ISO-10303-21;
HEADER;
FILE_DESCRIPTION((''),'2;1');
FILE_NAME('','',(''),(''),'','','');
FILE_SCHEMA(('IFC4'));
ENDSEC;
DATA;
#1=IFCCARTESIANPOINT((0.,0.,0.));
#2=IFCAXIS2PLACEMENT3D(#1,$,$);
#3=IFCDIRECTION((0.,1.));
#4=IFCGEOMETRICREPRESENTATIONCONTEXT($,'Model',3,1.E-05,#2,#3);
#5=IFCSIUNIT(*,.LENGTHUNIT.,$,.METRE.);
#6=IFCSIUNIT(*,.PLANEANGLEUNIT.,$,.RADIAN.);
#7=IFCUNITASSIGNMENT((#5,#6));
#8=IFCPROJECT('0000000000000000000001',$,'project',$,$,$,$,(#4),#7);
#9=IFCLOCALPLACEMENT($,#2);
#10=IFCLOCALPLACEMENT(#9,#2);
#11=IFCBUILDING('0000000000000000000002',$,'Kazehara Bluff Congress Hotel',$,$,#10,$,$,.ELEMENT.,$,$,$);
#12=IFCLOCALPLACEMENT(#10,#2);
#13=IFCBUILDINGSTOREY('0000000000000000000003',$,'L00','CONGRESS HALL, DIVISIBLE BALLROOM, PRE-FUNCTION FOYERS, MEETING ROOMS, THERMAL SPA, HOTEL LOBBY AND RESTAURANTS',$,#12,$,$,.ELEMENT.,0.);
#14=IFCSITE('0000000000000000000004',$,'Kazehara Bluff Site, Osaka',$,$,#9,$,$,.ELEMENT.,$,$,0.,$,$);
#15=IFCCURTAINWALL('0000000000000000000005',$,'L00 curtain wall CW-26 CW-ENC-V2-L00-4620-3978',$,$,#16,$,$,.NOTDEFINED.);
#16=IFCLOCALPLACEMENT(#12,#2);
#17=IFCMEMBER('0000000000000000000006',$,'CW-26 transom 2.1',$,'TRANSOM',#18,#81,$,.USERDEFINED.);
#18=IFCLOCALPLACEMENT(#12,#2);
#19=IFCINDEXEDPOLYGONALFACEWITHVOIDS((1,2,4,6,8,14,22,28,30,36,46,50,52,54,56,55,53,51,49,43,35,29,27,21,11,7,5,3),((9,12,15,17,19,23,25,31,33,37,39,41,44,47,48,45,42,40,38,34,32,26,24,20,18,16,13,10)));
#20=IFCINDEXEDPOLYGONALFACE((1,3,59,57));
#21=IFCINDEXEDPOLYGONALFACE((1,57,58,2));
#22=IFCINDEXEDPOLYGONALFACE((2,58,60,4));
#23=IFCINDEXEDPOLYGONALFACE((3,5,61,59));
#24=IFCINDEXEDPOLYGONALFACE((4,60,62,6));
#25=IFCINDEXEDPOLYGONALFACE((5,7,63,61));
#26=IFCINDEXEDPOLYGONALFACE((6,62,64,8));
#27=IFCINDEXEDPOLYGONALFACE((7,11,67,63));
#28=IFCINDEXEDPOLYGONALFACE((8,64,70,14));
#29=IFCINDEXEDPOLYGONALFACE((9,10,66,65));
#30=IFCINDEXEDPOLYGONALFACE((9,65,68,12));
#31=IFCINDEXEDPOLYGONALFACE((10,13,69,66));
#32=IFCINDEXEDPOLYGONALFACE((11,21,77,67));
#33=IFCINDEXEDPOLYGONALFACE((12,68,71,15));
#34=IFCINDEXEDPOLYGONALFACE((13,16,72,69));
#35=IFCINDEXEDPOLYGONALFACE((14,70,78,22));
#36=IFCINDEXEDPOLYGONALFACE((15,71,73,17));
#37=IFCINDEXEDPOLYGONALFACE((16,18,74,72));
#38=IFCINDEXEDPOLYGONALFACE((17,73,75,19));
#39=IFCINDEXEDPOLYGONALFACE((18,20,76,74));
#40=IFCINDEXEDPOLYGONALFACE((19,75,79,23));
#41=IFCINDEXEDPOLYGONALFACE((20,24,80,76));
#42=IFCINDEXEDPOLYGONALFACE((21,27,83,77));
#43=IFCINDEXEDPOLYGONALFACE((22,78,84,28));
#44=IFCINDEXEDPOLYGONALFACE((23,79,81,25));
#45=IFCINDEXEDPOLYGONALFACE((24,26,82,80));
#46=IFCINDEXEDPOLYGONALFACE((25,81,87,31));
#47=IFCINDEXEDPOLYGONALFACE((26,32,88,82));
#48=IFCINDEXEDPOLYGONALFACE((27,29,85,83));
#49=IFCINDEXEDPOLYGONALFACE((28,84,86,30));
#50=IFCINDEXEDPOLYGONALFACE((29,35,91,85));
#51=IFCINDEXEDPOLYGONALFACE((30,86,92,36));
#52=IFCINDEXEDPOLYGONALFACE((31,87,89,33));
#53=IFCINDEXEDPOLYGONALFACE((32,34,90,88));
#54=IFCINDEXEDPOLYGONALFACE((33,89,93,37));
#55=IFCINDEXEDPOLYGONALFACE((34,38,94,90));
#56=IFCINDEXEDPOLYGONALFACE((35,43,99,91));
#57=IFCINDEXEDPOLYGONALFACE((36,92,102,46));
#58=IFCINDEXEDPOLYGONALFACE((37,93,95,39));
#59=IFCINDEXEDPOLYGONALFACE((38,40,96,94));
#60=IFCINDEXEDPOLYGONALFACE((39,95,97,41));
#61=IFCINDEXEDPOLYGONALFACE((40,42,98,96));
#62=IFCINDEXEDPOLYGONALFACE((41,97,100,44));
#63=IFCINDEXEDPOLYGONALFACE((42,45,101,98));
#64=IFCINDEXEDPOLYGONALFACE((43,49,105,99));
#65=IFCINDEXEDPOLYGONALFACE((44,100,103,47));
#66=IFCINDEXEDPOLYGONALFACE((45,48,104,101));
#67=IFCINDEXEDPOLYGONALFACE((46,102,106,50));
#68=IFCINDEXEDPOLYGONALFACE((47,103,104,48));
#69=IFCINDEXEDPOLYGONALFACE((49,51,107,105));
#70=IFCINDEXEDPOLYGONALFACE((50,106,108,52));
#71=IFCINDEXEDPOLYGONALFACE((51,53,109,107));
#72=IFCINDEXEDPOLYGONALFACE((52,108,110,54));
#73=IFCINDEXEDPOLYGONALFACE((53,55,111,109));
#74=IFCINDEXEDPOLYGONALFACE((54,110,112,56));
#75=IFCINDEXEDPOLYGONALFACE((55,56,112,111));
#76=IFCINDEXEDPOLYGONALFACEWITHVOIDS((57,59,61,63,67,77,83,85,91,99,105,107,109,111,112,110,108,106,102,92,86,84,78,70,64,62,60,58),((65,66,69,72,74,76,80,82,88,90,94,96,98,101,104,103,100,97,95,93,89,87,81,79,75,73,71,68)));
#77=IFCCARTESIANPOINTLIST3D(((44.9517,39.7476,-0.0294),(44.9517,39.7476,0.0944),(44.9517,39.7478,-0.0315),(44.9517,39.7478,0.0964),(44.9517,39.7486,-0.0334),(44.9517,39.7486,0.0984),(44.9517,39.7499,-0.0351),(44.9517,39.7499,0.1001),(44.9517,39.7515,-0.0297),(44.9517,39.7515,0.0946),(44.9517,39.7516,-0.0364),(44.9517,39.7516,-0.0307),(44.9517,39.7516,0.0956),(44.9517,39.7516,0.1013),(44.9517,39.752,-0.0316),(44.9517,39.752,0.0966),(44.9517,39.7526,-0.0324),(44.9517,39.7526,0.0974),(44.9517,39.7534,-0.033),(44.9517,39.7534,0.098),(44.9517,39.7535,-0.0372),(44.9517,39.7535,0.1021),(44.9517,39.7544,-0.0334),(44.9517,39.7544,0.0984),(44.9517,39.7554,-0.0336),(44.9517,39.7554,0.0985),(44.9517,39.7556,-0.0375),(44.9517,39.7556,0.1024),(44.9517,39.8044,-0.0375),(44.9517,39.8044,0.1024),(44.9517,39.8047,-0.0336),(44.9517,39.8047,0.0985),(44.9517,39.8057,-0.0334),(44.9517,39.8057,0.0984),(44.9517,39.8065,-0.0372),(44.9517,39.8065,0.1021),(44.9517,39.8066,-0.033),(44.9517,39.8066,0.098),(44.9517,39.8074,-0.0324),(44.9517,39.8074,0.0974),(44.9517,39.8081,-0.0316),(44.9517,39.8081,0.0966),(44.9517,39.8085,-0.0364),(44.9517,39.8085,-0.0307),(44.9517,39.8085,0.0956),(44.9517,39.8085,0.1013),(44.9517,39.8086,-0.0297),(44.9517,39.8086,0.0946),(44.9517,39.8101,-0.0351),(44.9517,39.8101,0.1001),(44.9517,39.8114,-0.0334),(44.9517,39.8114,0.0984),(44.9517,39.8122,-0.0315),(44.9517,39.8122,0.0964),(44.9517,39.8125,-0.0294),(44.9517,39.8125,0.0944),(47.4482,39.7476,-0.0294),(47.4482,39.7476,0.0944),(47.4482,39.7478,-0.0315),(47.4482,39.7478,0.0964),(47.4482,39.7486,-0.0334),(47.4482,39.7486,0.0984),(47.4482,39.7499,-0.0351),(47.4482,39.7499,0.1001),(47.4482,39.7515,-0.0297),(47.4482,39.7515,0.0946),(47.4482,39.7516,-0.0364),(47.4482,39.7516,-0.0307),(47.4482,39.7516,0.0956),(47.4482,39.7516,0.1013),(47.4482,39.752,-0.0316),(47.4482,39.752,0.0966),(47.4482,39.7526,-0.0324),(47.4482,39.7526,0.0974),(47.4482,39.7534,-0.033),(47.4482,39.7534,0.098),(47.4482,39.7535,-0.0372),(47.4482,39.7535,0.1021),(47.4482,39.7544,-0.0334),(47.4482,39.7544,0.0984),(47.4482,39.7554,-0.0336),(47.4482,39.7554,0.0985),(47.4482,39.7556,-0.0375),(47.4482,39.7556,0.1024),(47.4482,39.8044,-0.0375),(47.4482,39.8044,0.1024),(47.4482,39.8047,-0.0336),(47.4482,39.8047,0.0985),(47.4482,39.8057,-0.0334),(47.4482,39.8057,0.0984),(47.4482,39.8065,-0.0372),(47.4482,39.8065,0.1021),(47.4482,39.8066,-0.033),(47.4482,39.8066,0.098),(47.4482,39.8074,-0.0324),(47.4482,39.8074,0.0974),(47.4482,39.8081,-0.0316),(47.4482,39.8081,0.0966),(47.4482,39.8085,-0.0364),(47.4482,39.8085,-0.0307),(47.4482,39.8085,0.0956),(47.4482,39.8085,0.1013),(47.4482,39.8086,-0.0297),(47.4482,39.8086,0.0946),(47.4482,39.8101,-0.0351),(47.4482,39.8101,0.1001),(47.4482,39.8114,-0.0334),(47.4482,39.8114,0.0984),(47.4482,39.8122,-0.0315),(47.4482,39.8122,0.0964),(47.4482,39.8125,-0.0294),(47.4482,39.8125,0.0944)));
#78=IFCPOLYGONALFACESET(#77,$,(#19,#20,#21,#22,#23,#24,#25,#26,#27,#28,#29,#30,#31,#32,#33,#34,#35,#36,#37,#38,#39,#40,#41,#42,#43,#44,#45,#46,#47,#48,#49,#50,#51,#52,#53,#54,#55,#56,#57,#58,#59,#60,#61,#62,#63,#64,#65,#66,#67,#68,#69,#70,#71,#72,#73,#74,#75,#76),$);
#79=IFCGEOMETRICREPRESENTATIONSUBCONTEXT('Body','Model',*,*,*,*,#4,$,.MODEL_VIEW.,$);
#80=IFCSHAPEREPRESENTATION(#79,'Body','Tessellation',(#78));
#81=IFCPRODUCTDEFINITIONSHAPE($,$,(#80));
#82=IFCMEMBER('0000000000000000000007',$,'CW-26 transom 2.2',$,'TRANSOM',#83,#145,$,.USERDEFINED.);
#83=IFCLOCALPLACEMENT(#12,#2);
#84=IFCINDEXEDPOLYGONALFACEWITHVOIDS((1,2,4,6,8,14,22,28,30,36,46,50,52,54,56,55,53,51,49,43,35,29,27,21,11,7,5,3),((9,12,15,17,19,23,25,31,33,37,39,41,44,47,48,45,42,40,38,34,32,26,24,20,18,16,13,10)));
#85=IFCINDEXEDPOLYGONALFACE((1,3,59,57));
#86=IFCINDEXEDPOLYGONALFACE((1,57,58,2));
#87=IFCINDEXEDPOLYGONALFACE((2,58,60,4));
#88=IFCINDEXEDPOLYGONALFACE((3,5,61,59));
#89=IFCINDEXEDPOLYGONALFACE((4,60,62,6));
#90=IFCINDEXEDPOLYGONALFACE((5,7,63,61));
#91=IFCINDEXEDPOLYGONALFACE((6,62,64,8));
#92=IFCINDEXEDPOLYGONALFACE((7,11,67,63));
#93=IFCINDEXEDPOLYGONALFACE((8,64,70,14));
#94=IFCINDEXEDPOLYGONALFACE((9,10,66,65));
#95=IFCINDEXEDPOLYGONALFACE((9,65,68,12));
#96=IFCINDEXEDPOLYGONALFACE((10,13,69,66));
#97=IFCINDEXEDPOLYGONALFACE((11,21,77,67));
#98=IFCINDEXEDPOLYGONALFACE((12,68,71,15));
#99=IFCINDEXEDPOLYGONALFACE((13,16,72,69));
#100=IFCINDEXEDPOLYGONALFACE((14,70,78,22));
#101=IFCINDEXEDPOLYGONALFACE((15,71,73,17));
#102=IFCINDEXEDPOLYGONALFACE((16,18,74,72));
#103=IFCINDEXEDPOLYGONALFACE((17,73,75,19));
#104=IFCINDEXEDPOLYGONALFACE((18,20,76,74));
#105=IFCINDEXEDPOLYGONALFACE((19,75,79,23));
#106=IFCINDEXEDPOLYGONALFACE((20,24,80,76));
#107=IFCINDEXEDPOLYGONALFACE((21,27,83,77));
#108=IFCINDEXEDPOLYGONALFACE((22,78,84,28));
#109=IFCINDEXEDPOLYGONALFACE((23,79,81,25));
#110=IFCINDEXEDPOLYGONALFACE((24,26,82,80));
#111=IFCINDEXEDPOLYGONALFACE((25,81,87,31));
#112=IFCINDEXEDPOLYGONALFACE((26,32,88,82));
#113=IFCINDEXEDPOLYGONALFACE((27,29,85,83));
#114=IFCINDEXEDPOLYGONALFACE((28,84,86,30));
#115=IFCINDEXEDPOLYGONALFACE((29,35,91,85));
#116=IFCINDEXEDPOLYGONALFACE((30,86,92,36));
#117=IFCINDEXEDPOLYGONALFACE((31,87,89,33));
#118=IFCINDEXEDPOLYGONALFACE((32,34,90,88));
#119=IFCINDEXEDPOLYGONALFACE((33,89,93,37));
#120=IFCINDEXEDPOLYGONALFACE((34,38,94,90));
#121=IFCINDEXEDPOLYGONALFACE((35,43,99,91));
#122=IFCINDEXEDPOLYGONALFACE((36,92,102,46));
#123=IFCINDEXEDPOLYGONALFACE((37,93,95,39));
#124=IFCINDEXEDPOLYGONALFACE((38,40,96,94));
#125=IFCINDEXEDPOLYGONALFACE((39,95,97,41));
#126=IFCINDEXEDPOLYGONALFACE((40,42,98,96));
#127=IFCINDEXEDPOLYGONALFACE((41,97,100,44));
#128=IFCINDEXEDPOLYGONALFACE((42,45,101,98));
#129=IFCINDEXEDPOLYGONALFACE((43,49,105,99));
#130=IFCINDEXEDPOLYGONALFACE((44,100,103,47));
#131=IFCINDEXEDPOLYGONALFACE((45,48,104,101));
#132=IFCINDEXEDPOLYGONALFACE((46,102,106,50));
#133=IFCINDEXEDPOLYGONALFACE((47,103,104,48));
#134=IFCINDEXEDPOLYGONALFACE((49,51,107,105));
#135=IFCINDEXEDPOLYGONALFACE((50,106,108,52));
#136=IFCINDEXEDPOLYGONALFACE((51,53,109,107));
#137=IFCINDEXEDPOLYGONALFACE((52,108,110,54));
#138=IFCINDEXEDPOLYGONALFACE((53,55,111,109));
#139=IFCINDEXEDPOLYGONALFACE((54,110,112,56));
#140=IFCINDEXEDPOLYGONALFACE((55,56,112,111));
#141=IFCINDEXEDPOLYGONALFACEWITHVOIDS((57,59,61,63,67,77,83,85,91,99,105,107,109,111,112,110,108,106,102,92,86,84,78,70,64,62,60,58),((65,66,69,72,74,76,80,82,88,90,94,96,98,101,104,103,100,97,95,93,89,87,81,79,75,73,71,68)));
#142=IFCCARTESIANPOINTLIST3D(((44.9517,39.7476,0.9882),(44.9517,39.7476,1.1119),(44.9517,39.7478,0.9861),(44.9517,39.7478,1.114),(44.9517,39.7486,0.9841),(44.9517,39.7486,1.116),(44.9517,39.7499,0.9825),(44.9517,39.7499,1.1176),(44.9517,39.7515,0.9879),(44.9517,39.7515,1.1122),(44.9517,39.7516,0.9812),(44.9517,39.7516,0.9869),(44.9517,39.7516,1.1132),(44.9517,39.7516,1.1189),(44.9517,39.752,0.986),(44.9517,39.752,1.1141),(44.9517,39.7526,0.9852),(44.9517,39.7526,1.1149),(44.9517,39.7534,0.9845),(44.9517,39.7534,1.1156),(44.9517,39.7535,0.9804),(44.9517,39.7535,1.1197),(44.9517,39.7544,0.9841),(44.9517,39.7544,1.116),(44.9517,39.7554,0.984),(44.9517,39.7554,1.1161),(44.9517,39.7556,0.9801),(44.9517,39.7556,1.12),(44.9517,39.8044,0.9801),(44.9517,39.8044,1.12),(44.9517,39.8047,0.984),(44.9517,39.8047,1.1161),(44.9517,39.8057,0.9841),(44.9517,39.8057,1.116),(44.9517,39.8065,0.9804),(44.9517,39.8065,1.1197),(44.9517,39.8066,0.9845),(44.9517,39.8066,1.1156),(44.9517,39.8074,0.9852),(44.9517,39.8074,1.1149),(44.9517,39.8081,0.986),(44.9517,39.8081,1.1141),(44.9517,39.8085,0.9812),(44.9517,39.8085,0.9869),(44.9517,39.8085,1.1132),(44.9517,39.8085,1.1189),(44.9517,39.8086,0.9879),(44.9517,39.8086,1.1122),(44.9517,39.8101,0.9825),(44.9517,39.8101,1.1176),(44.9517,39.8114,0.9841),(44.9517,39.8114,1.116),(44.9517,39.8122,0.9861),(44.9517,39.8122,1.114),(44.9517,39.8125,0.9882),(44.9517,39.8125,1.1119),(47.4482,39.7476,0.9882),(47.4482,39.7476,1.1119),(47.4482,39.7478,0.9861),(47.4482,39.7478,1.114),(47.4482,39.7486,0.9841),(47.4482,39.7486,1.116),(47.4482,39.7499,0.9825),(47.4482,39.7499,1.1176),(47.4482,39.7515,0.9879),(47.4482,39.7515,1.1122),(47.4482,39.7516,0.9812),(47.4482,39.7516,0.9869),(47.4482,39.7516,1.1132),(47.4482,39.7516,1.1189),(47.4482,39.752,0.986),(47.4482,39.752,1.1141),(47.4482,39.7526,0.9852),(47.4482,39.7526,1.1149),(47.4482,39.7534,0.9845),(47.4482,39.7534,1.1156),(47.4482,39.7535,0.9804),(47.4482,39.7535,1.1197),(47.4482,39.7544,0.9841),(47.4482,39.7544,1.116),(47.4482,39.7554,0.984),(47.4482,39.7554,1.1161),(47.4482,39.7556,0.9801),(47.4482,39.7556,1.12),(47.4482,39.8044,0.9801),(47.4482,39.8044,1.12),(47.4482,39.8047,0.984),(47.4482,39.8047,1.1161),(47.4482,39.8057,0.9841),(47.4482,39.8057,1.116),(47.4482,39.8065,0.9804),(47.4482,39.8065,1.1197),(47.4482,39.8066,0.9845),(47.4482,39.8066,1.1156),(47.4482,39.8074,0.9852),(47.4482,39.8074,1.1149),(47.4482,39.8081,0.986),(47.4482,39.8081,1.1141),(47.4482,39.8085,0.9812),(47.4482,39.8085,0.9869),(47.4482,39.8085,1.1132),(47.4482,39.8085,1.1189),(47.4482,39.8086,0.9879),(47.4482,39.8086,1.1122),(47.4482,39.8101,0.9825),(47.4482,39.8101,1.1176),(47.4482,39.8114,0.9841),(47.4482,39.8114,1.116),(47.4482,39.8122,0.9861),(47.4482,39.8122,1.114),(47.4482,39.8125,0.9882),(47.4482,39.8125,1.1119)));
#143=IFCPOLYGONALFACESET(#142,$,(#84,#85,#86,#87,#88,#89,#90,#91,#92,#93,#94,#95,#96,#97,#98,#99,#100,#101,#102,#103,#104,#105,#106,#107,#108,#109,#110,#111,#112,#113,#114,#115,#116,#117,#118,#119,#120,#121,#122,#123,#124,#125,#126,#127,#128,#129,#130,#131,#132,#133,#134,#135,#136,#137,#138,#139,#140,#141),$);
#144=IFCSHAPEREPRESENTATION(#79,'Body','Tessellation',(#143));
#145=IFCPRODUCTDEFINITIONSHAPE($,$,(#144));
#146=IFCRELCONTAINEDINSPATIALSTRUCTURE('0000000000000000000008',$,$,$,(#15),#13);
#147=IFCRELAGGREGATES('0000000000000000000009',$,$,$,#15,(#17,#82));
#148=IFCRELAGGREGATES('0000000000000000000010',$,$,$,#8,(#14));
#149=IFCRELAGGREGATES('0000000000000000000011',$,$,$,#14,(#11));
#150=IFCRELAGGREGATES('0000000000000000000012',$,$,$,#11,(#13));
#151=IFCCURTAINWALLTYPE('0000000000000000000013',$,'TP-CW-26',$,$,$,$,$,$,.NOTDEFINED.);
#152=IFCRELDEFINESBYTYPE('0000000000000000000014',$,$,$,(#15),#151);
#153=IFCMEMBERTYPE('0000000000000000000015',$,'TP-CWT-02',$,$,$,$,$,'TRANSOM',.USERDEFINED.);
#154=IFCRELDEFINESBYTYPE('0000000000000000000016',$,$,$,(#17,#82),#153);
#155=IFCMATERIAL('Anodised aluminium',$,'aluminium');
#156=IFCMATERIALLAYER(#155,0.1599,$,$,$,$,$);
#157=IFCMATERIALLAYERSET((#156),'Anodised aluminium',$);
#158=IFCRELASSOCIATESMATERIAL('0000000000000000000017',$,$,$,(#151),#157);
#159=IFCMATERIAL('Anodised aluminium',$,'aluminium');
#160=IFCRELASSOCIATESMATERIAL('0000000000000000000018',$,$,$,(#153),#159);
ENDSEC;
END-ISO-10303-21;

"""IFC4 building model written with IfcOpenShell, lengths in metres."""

from ifc_helpers import new_model, si_unit, direction, frame, origin, origin_2d, place, context, subcontext, project, spatial, hollow_rectangle, extrude, material, layer, layer_set, material_profile, profile_set, type_object, element, aggregate, save


model = new_model("IFC4")

# Units and contexts
model_context = context("Model", 3, precision=1e-05, world=origin(), true_north=direction((0.0, 1.0)))
body_context = subcontext(model_context, "Body", "Model", "MODEL_VIEW")
ifc_project = project(units=[si_unit("LENGTHUNIT", "METRE"), si_unit("PLANEANGLEUNIT", "RADIAN")], contexts=[model_context])

# Site, building, storey
site_placement = place(None, origin())
site = spatial("IfcSite", under=ifc_project, at=site_placement, Name="Kazehara Bluff Site, Osaka", CompositionType="ELEMENT", RefElevation=0.0)
building_placement = place(site_placement, origin())
building = spatial("IfcBuilding", under=site, at=building_placement, Name="Kazehara Bluff Congress Hotel", CompositionType="ELEMENT")
storey_placement = place(building_placement, origin())
storey = spatial("IfcBuildingStorey", under=building, at=storey_placement, Name="L00", Description="CONGRESS HALL, DIVISIBLE BALLROOM, PRE-FUNCTION FOYERS, MEETING ROOMS, THERMAL SPA, HOTEL LOBBY AND RESTAURANTS", CompositionType="ELEMENT", Elevation=0.0)

# Curtain wall
ifc_material_1 = material(Name="Anodised aluminium", Category="aluminium")
ifc_layer_1 = layer(ifc_material_1, 0.1599)
ifc_layer_set_1 = layer_set([ifc_layer_1], Name="Anodised aluminium")
curtain_wall_type_1 = type_object("IfcCurtainWallType", Name="TP-CW-26", PredefinedType="NOTDEFINED", material=ifc_layer_set_1)
curtain_wall_1_placement = place(storey_placement, origin())
curtain_wall_1 = element("IfcCurtainWall", 1, at=curtain_wall_1_placement, inside=storey, type_object=curtain_wall_type_1, Name="L00 curtain wall CW-26 CW-ENC-V2-L00-4620-3978", PredefinedType="NOTDEFINED")

# Members
ifc_material_2 = material(Name="Anodised aluminium", Category="aluminium")
ifc_material_profile_1 = material_profile(ifc_material_2, hollow_rectangle(XDim=0.0649, YDim=0.1399, WallThickness=0.0039, InnerFilletRadius=0.0039, OuterFilletRadius=0.0081, at=origin_2d()))
ifc_profile_set_1 = profile_set([ifc_material_profile_1], Name="Anodised aluminium")
member_type_1 = type_object("IfcMemberType", Name="TP-CWT-02", ElementType="TRANSOM", PredefinedType="USERDEFINED", material=ifc_profile_set_1)
member_1_placement = place(storey_placement, frame((44.9517, 39.78, 0.0325), z_axis=(1.0, 0.0, 0.0), x_axis=(0.0, 1.0, 0.0)))
member_1 = element("IfcMember", 2, at=member_1_placement, type_object=member_type_1, Name="CW-26 transom 2.1", ObjectType="TRANSOM", PredefinedType="USERDEFINED", context=body_context, shape_type="SweptSolid", body=[
    extrude(hollow_rectangle(XDim=0.0649, YDim=0.1399, WallThickness=0.0039, InnerFilletRadius=0.0039, OuterFilletRadius=0.0081, at=origin_2d()), origin(), (0.0, 0.0, 1.0), 2.4966),
])
member_2_placement = place(storey_placement, frame((44.9517, 39.78, 1.05), z_axis=(1.0, 0.0, 0.0), x_axis=(0.0, 1.0, 0.0)))
member_2 = element("IfcMember", 3, at=member_2_placement, type_object=member_type_1, Name="CW-26 transom 2.2", ObjectType="TRANSOM", PredefinedType="USERDEFINED", context=body_context, shape_type="SweptSolid", body=[
    extrude(hollow_rectangle(XDim=0.0649, YDim=0.1399, WallThickness=0.0039, InnerFilletRadius=0.0039, OuterFilletRadius=0.0081, at=origin_2d()), origin(), (0.0, 0.0, 1.0), 2.4966),
])

aggregate(curtain_wall_1, [member_1, member_2])

save(model, "model.ifc")
